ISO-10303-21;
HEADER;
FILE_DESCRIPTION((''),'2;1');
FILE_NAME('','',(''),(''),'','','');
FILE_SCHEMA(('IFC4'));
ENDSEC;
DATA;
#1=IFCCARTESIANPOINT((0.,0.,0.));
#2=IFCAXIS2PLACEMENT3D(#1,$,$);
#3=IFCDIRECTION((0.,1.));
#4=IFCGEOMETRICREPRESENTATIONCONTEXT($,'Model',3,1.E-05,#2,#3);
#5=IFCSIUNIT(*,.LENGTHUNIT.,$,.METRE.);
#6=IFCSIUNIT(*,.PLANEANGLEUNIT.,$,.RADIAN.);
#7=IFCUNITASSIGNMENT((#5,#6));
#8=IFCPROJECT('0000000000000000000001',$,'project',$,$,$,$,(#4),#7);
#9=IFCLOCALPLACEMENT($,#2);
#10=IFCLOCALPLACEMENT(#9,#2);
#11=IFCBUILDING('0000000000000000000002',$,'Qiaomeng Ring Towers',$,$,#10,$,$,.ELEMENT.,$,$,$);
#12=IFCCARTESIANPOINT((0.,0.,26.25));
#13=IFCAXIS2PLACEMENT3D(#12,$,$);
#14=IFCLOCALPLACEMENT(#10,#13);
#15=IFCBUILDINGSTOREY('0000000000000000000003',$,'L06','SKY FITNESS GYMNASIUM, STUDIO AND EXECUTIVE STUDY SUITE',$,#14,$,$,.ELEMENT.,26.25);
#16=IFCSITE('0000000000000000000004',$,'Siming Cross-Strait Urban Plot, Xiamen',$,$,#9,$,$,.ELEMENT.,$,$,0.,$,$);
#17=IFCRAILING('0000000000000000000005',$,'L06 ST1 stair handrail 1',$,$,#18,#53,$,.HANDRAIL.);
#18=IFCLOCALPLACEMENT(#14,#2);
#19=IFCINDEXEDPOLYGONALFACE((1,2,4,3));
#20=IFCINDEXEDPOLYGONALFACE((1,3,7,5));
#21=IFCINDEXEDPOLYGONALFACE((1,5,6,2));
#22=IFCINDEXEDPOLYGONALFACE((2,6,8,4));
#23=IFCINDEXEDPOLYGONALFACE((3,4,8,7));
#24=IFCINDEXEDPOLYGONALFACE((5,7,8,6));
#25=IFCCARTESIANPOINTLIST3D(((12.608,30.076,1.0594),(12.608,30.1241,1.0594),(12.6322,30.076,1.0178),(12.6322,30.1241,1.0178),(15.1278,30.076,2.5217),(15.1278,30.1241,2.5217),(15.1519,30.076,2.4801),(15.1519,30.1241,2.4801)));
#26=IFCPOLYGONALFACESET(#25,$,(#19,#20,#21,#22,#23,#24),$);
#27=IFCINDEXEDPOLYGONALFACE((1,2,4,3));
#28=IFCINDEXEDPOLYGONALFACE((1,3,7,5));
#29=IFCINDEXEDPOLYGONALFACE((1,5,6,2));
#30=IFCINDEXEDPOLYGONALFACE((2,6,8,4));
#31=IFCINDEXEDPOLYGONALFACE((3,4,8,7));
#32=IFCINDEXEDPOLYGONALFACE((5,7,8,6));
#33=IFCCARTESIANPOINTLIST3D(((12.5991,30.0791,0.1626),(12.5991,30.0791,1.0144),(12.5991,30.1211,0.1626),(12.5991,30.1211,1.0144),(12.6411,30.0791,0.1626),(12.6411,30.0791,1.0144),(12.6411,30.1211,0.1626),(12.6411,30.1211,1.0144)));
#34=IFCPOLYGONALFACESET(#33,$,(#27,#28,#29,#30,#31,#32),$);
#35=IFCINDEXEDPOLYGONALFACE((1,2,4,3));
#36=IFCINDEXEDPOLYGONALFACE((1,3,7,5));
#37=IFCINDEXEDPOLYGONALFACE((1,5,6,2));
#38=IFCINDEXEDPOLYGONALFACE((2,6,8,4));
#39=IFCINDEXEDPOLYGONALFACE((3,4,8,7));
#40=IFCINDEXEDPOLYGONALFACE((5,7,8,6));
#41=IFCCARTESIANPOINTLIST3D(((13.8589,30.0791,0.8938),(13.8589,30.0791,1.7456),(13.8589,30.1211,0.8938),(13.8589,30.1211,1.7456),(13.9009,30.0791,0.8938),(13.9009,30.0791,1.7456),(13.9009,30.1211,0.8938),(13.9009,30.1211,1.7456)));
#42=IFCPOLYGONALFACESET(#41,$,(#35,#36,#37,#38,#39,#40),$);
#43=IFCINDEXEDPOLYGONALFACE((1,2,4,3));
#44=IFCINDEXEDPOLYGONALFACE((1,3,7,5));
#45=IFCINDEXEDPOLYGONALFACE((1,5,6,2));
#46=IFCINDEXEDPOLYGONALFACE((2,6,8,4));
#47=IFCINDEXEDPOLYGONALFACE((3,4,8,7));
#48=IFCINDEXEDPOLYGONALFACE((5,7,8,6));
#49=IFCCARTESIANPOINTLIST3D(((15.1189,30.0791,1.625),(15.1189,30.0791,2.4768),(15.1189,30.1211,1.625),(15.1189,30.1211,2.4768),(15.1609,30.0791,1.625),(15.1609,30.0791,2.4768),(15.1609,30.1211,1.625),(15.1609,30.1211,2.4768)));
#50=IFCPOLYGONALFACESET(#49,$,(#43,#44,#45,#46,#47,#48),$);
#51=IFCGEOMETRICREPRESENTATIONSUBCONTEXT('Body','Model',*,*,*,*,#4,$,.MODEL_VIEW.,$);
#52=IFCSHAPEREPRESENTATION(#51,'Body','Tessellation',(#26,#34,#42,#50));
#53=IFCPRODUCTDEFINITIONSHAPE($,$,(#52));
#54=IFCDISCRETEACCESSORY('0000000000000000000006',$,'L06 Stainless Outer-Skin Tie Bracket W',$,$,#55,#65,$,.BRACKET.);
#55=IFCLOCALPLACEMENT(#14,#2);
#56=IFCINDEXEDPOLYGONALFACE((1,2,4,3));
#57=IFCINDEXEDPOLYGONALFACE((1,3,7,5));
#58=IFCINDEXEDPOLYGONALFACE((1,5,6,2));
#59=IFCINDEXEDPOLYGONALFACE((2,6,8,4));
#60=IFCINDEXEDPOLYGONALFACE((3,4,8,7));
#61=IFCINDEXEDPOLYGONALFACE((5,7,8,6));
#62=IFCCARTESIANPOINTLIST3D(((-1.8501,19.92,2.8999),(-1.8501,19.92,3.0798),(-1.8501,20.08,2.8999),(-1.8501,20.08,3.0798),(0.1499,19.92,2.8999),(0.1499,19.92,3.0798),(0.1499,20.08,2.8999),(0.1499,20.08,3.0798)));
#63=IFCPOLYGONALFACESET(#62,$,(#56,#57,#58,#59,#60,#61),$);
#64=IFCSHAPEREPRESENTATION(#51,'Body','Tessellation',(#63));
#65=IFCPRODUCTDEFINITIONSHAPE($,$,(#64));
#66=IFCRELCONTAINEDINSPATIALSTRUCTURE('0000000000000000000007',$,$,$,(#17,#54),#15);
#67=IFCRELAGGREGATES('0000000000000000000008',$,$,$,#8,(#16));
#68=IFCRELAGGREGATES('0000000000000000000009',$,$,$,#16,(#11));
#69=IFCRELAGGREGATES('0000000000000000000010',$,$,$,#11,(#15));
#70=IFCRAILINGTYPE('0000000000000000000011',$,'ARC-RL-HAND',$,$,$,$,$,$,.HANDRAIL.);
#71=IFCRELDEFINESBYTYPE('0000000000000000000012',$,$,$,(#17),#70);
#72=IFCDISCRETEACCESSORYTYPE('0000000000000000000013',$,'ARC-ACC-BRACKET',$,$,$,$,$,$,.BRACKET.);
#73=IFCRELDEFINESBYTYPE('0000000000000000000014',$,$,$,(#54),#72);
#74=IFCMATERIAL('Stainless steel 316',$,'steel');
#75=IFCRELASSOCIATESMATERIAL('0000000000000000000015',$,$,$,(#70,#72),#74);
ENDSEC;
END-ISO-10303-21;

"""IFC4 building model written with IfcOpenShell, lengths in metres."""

from ifc_helpers import new_model, si_unit, direction, frame, origin, origin_2d, place, context, subcontext, project, spatial, rectangle, extrude, source, transform, mapped, material, type_object, element, save


model = new_model("IFC4")

# Units and contexts
model_context = context("Model", 3, precision=1e-05, world=origin(), true_north=direction((0.0, 1.0)))
body_context = subcontext(model_context, "Body", "Model", "MODEL_VIEW")
ifc_project = project(units=[si_unit("LENGTHUNIT", "METRE"), si_unit("PLANEANGLEUNIT", "RADIAN")], contexts=[model_context])

# Site, building, storey
site_placement = place(None, origin())
site = spatial("IfcSite", under=ifc_project, at=site_placement, Name="Siming Cross-Strait Urban Plot, Xiamen", CompositionType="ELEMENT", RefElevation=0.0)
building_placement = place(site_placement, origin())
building = spatial("IfcBuilding", under=site, at=building_placement, Name="Qiaomeng Ring Towers", CompositionType="ELEMENT")
storey_placement = place(building_placement, frame((0.0, 0.0, 26.25)))
storey = spatial("IfcBuildingStorey", under=building, at=storey_placement, Name="L06", Description="SKY FITNESS GYMNASIUM, STUDIO AND EXECUTIVE STUDY SUITE", CompositionType="ELEMENT", Elevation=26.25)

# Shared definitions
ifc_material_1 = material(Name="Stainless steel 316", Category="steel")

# Railing
railing_type_1 = type_object("IfcRailingType", Name="ARC-RL-HAND", PredefinedType="HANDRAIL", material=ifc_material_1)
railing_1_placement = place(storey_placement, frame((12.6201, 30.1001, 0.1626)))
element("IfcRailing", 1, at=railing_1_placement, inside=storey, type_object=railing_type_1, Name="L06 ST1 stair handrail 1", PredefinedType="HANDRAIL", context=body_context, shape_type="SweptSolid", body=[
    extrude(rectangle(XDim=0.0481, YDim=0.0481, at=origin_2d()), frame((0.0, 0.0, 0.876), z_axis=(0.864892, 0.0, 0.501958), x_axis=(0.0, 1.0, 0.0)), (0.0, 0.0, 1.0), 2.9133),
    extrude(rectangle(XDim=0.042, YDim=0.042, at=origin_2d()), origin(), (0.0, 0.0, 1.0), 0.8518),
    extrude(rectangle(XDim=0.042, YDim=0.042, at=origin_2d()), frame((1.2598, 0.0, 0.7312)), (0.0, 0.0, 1.0), 0.8518),
    extrude(rectangle(XDim=0.042, YDim=0.042, at=origin_2d()), frame((2.5198, 0.0, 1.4624)), (0.0, 0.0, 1.0), 0.8518),
])

# Discrete accessory
discrete_accessory_type = type_object("IfcDiscreteAccessoryType", Name="ARC-ACC-BRACKET", PredefinedType="BRACKET", material=ifc_material_1)
shared_shape_1 = source(origin(), body_context, "Body", "SweptSolid", [
    extrude(rectangle(XDim=2.0, YDim=0.1599, at=origin_2d()), origin(), (0.0, 0.0, 1.0), 0.1799),
])
discrete_accessory_placement = place(storey_placement, frame((-0.8501, 20.0, 2.8999), z_axis=(0.0, 0.0, 1.0), x_axis=(1.0, 0.0, 0.0)))
element("IfcDiscreteAccessory", 2, at=discrete_accessory_placement, inside=storey, type_object=discrete_accessory_type, Name="L06 Stainless Outer-Skin Tie Bracket W", PredefinedType="BRACKET", context=body_context, shape_type="MappedRepresentation", body=[
    mapped(shared_shape_1, transform((0.0, 0.0, 0.0), x_axis=(1.0, 0.0, 0.0), y_axis=(0.0, 1.0, 0.0), z_axis=(0.0, 0.0, 1.0), scale=1.0)),
])

save(model, "model.ifc")
